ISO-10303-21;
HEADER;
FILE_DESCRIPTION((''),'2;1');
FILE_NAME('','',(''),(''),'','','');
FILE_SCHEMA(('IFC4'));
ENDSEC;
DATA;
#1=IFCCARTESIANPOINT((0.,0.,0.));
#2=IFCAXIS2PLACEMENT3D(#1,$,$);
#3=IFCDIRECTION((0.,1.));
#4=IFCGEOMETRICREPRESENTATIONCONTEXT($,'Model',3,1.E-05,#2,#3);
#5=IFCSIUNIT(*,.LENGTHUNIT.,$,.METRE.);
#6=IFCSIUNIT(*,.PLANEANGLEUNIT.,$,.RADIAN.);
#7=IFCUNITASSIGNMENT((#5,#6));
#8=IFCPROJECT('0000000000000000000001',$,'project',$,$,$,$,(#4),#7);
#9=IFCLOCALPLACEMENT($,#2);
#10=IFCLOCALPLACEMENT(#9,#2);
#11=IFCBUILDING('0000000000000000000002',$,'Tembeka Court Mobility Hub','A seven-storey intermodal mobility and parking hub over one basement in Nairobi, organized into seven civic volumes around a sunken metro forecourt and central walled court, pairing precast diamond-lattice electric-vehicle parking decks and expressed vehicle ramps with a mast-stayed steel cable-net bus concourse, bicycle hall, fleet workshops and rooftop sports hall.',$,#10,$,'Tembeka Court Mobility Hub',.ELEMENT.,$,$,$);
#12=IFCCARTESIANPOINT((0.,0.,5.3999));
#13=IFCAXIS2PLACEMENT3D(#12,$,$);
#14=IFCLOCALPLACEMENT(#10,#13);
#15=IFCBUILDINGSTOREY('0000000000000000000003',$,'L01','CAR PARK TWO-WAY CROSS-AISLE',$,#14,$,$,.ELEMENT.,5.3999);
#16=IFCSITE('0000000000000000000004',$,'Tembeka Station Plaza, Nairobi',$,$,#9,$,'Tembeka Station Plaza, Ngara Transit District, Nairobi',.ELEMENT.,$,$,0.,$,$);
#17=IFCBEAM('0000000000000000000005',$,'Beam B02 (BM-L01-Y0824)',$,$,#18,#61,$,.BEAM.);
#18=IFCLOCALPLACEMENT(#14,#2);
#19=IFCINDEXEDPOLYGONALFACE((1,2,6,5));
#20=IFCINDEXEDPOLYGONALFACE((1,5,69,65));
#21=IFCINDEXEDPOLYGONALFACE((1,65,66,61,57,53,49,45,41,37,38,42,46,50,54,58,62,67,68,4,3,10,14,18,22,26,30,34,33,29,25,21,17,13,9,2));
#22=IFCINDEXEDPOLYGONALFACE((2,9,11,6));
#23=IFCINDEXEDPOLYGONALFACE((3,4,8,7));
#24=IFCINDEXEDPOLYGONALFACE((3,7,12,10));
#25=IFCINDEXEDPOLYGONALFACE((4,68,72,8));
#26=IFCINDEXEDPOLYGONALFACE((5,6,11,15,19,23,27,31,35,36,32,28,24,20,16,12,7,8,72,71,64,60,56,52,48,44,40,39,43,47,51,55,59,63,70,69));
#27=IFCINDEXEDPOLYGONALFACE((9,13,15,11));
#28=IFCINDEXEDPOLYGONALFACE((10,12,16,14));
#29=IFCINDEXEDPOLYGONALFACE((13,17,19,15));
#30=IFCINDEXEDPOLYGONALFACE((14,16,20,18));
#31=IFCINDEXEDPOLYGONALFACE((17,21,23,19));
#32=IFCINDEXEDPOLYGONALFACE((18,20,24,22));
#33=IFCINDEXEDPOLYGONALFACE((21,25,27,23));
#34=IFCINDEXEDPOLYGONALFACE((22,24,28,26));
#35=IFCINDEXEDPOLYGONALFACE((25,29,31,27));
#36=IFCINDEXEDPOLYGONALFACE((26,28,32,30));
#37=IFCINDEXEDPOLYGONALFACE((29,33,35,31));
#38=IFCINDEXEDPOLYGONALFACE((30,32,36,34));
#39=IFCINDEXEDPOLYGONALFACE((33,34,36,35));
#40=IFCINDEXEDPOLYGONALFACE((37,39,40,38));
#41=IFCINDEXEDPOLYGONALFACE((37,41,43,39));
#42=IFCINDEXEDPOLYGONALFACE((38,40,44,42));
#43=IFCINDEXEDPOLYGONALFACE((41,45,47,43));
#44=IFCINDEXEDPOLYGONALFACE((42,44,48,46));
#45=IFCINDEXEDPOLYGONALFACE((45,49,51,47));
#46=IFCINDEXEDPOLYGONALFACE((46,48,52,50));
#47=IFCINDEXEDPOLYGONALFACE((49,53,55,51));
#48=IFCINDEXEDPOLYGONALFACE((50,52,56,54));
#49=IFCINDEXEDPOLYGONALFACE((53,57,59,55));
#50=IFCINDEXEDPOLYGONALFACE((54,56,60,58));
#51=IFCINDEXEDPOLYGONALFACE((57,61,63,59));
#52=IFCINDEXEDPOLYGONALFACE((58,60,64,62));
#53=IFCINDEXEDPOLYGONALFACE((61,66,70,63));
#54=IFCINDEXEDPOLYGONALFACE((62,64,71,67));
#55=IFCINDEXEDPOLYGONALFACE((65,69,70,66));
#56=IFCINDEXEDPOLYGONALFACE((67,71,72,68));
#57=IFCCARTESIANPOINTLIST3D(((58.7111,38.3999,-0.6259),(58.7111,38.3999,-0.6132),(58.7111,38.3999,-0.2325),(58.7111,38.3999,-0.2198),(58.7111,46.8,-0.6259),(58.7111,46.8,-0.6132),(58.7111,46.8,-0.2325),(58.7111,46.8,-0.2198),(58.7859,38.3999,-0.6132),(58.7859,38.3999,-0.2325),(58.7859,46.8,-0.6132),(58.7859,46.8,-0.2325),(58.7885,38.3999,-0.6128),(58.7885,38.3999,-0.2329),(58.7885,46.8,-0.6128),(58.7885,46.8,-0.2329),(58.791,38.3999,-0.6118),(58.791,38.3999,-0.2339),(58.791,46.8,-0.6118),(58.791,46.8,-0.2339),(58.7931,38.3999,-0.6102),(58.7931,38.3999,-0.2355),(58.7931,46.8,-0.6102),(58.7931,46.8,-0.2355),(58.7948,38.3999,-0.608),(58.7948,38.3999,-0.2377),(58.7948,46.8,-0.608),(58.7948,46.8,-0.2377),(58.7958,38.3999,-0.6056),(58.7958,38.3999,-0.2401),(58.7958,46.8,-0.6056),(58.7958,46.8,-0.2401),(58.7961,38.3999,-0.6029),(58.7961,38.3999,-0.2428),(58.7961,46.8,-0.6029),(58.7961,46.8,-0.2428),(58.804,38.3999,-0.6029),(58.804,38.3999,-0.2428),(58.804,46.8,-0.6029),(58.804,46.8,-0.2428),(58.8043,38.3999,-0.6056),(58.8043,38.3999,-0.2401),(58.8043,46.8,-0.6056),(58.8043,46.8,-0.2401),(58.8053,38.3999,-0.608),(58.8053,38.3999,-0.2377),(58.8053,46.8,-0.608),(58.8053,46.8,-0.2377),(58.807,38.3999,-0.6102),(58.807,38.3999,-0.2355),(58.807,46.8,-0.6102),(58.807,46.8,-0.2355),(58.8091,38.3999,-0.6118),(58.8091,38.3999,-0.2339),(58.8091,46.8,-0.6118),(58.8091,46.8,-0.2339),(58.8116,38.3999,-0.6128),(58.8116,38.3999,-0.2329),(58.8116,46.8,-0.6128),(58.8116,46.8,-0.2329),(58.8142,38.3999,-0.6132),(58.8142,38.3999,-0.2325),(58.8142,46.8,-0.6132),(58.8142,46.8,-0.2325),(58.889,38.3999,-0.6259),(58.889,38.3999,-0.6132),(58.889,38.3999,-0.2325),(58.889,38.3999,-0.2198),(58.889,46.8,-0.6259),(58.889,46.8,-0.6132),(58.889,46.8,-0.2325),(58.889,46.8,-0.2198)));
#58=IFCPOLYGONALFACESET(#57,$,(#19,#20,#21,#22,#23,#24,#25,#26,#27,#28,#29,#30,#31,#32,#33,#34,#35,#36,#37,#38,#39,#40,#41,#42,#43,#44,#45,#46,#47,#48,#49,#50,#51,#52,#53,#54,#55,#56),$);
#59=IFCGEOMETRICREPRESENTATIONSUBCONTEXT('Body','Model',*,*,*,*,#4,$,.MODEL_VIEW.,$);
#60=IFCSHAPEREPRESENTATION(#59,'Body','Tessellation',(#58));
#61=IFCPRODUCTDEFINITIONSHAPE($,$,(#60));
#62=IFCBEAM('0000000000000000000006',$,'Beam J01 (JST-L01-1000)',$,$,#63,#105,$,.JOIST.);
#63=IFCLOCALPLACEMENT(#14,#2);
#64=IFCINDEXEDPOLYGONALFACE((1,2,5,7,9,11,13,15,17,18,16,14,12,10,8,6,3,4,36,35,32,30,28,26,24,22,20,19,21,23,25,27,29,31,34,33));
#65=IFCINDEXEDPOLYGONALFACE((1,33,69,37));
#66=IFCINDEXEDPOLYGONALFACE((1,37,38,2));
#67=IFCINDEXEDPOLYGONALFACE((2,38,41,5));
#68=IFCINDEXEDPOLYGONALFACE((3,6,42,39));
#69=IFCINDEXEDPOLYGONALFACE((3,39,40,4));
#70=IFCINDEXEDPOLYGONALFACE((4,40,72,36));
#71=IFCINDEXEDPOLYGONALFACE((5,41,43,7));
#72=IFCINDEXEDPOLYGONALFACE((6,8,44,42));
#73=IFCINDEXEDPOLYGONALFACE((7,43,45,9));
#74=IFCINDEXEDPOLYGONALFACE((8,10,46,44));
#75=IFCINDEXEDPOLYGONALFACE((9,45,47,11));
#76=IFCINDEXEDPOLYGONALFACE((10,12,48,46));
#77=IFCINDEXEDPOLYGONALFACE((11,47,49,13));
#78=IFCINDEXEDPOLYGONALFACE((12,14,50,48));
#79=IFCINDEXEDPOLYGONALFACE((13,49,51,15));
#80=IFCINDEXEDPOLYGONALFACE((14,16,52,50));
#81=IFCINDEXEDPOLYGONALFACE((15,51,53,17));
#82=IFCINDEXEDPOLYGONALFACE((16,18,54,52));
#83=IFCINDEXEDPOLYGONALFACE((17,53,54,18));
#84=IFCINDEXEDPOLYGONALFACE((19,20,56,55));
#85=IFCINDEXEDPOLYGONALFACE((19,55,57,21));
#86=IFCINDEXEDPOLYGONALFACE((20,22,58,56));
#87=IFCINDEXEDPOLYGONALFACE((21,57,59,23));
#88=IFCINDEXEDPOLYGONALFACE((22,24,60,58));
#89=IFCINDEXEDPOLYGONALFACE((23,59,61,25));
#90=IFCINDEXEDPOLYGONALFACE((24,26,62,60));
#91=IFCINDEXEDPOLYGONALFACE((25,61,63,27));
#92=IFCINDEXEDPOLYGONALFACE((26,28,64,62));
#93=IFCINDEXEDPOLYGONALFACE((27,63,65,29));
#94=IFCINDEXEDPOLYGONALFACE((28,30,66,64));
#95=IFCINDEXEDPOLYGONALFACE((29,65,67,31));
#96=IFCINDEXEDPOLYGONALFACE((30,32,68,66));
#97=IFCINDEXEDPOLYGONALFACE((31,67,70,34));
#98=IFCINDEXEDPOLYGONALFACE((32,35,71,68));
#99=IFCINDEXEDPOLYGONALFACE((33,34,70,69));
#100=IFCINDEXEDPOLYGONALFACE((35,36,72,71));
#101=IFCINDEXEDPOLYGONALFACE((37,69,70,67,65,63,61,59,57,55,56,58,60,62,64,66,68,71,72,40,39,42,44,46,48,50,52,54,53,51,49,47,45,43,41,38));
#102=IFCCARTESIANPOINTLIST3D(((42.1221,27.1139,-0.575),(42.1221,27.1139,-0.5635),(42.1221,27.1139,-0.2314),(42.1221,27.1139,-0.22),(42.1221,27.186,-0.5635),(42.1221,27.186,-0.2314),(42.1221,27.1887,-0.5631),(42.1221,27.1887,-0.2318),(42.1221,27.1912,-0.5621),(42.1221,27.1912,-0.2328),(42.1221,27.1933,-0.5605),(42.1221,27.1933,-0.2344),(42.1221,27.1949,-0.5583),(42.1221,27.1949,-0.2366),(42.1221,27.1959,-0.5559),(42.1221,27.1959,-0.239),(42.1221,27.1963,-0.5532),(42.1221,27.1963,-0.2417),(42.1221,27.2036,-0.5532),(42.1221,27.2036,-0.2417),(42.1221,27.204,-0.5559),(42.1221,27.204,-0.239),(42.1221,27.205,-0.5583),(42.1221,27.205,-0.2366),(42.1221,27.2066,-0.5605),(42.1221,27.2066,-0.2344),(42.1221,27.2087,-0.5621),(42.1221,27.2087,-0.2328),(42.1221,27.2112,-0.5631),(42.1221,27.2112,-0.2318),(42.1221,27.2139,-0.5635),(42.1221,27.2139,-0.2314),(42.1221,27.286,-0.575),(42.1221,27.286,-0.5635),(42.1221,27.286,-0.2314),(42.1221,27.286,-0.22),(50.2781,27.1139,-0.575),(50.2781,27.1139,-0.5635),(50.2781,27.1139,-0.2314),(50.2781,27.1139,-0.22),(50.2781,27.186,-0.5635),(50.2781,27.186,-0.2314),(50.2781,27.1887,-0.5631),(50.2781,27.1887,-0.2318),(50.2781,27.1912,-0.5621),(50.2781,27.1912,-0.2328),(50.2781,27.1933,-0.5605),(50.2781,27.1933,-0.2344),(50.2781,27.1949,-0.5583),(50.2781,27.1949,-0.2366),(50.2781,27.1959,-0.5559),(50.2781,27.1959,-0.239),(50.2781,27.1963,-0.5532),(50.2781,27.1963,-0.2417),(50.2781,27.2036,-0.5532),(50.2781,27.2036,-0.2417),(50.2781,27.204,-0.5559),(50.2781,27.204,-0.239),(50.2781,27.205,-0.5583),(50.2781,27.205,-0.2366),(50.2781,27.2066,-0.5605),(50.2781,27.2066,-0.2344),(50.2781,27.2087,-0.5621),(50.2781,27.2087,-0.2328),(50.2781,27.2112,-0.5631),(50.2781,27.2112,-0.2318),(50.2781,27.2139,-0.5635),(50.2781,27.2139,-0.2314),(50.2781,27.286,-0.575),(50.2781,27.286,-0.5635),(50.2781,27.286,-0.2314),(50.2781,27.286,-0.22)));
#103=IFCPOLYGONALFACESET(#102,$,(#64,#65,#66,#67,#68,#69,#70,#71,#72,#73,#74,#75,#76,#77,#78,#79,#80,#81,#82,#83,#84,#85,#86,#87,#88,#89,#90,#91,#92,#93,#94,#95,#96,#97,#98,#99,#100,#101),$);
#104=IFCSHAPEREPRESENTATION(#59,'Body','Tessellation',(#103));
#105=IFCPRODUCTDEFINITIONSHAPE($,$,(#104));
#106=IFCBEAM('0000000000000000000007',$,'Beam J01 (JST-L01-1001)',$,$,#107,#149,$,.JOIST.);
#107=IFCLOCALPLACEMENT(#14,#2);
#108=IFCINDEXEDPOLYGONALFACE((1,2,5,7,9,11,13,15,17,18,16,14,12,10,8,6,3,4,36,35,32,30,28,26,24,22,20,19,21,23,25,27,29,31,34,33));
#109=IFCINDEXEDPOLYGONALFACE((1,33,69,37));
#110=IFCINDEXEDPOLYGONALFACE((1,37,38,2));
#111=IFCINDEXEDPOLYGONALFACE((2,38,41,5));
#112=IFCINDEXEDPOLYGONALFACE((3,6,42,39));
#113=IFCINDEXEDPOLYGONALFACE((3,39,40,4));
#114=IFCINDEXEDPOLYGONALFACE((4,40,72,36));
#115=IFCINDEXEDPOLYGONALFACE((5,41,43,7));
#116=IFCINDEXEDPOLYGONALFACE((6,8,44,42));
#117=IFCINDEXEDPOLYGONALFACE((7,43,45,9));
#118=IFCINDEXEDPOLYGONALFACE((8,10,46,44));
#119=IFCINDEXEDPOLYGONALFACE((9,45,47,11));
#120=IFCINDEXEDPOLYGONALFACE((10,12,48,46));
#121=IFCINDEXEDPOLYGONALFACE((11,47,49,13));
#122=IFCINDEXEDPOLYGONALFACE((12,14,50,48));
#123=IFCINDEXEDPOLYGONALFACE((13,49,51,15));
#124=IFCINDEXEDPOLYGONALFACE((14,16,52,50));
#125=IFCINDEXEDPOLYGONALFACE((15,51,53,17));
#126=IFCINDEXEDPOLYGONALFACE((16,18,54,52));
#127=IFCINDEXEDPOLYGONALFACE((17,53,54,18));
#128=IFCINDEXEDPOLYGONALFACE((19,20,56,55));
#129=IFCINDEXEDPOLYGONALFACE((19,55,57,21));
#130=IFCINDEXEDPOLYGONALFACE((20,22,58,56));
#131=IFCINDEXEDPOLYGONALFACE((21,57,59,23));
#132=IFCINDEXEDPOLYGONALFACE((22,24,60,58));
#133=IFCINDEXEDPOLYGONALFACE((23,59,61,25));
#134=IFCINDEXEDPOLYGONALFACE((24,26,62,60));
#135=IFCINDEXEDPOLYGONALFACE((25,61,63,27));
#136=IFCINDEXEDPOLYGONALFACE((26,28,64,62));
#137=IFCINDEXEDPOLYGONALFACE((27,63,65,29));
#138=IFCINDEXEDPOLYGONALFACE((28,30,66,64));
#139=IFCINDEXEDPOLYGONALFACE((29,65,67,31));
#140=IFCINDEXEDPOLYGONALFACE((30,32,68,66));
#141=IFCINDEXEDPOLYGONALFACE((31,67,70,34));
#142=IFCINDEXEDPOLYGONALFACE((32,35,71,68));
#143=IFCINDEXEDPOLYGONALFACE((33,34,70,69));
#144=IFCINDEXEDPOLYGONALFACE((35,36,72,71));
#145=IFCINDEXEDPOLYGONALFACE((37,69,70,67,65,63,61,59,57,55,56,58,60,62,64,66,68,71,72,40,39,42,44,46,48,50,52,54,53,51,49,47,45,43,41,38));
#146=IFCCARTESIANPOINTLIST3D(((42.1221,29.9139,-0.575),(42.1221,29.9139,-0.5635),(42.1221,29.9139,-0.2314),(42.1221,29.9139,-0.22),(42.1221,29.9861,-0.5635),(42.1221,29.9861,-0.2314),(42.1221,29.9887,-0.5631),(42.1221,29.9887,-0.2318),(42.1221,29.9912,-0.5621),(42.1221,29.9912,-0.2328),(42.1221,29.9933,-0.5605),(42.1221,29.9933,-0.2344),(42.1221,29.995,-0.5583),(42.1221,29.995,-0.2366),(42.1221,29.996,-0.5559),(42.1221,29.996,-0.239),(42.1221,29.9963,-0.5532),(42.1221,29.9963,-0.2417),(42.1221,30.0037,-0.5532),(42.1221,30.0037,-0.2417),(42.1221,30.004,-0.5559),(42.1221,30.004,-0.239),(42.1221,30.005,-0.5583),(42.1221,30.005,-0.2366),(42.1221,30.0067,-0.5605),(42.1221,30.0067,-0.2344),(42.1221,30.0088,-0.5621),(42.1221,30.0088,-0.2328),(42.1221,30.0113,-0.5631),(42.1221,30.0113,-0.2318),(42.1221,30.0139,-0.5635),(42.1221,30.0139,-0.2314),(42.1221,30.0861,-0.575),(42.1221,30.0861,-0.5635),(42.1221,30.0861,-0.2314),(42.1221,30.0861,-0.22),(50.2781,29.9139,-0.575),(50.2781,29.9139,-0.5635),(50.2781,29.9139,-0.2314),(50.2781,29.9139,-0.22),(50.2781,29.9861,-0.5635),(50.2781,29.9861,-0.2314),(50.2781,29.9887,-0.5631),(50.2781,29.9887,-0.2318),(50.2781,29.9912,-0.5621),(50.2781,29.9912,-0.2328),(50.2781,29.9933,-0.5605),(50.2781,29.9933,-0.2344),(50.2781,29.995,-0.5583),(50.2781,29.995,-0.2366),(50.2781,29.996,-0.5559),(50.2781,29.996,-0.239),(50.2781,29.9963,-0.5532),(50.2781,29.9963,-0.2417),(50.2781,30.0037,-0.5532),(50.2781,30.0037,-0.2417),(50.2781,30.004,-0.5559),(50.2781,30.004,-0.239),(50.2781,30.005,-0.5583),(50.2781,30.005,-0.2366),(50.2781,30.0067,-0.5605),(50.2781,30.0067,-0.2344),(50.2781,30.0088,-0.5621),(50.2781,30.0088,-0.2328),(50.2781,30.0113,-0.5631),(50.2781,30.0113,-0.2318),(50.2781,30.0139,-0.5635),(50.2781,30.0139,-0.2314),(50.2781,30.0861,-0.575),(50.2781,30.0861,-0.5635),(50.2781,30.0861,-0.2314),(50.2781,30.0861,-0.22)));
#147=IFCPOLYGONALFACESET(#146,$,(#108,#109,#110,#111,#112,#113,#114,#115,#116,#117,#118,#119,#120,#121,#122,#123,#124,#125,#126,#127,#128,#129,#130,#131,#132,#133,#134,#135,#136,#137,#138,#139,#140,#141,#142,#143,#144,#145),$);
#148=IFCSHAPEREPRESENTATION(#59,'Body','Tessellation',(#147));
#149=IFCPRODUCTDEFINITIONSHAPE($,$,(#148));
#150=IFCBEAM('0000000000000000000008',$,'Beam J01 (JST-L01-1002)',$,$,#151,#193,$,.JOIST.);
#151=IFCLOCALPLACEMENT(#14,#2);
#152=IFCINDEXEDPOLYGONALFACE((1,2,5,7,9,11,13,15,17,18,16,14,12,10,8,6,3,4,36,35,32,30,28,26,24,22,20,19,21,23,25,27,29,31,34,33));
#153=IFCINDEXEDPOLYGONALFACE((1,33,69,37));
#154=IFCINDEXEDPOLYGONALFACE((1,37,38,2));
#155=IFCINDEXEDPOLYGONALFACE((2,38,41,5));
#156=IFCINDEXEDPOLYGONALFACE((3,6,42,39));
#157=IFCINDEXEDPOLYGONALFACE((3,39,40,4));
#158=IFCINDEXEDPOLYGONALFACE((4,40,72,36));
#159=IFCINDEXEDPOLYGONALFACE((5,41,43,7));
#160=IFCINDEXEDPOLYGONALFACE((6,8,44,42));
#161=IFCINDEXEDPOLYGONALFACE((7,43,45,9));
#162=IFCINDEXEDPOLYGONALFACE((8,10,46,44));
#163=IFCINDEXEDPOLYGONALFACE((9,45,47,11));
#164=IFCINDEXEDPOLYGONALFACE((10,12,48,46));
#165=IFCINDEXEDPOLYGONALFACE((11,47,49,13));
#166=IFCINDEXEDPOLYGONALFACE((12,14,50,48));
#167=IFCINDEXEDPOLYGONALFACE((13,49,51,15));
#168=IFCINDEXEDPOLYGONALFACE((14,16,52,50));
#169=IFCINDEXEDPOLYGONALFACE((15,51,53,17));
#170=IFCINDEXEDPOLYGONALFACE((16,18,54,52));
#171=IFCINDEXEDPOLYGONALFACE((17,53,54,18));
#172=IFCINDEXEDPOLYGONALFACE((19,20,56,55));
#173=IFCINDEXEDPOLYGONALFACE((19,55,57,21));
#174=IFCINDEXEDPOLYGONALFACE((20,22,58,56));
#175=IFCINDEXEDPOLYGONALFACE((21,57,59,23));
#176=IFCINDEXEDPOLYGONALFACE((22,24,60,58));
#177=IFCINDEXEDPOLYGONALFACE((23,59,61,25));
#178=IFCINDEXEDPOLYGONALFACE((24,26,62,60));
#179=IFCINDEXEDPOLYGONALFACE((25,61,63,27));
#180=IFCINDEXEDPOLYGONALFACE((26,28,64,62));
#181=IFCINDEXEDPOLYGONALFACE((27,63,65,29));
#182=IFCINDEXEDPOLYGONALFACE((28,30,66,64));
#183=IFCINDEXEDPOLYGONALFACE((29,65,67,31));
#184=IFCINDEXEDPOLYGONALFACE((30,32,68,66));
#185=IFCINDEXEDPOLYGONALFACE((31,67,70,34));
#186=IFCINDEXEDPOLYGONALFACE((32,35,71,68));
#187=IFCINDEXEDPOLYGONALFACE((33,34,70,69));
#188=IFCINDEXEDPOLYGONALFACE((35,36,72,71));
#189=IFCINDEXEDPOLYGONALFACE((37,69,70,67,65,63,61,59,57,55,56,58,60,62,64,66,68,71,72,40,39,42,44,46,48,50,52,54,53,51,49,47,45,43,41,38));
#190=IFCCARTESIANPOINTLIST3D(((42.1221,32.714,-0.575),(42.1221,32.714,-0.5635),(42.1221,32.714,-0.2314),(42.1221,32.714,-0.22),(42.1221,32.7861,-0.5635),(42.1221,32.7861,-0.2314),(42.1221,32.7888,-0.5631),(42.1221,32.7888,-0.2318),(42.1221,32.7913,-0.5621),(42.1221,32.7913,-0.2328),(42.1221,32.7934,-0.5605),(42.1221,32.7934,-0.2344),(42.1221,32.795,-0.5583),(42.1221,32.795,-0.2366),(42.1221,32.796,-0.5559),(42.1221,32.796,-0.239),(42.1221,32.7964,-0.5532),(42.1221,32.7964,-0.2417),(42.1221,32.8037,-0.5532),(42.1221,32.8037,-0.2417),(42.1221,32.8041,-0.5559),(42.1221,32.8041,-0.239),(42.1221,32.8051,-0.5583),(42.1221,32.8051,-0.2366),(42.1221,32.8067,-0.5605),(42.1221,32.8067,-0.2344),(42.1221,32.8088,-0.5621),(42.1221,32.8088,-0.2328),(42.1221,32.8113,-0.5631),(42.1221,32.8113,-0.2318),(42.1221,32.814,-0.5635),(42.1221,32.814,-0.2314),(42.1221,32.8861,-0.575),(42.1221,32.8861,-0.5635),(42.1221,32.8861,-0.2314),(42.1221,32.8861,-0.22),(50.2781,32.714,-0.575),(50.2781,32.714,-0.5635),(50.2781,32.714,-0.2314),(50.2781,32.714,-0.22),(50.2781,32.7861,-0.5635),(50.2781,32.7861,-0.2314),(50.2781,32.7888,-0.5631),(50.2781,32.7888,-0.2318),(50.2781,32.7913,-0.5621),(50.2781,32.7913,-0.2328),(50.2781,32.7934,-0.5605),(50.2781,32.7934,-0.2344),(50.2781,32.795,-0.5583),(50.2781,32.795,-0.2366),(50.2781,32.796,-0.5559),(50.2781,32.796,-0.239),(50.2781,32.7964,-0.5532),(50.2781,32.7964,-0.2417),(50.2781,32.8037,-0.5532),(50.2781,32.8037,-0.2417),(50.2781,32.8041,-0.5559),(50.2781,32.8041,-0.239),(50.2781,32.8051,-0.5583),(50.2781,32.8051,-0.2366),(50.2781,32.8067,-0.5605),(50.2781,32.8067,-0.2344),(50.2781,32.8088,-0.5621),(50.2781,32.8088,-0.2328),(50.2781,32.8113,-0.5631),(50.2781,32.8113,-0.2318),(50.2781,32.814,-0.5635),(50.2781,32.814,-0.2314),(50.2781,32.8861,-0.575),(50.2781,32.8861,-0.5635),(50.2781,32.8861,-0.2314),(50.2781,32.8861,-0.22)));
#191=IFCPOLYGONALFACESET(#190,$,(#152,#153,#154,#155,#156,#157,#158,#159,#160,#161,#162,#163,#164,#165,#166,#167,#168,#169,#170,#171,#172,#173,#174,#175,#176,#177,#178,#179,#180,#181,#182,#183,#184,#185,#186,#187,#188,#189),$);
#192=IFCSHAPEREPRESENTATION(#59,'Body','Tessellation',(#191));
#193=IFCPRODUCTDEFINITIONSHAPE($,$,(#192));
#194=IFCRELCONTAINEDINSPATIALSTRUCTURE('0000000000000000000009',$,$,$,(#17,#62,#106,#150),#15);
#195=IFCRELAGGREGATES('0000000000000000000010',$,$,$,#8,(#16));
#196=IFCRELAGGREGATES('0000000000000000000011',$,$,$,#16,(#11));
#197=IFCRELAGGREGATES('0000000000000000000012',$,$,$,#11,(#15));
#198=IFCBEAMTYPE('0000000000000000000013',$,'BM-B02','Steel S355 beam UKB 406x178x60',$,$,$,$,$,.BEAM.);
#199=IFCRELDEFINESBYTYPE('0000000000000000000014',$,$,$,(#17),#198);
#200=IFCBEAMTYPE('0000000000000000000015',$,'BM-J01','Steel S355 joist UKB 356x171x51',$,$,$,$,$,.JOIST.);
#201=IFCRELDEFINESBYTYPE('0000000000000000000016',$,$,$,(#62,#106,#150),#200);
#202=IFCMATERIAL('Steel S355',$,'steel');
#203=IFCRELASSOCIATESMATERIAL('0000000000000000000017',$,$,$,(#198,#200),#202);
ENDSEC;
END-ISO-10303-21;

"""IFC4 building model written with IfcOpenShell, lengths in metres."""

from ifc_helpers import new_model, si_unit, direction, frame, origin, origin_2d, place, context, subcontext, project, spatial, i_section, extrude, material, material_profile, profile_set, type_object, element, save


model = new_model("IFC4")

# Units and contexts
model_context = context("Model", 3, precision=1e-05, world=origin(), true_north=direction((0.0, 1.0)))
body_context = subcontext(model_context, "Body", "Model", "MODEL_VIEW")
ifc_project = project(units=[si_unit("LENGTHUNIT", "METRE"), si_unit("PLANEANGLEUNIT", "RADIAN")], contexts=[model_context])

# Site, building, storey
site_placement = place(None, origin())
site = spatial("IfcSite", under=ifc_project, at=site_placement, Name="Tembeka Station Plaza, Nairobi", LongName="Tembeka Station Plaza, Ngara Transit District, Nairobi", CompositionType="ELEMENT", RefElevation=0.0)
building_placement = place(site_placement, origin())
building = spatial("IfcBuilding", under=site, at=building_placement, Name="Tembeka Court Mobility Hub", Description="A seven-storey intermodal mobility and parking hub over one basement in Nairobi, organized into seven civic volumes around a sunken metro forecourt and central walled court, pairing precast diamond-lattice electric-vehicle parking decks and expressed vehicle ramps with a mast-stayed steel cable-net bus concourse, bicycle hall, fleet workshops and rooftop sports hall.", LongName="Tembeka Court Mobility Hub", CompositionType="ELEMENT")
storey_placement = place(building_placement, frame((0.0, 0.0, 5.3999)))
storey = spatial("IfcBuildingStorey", under=building, at=storey_placement, Name="L01", Description="CAR PARK TWO-WAY CROSS-AISLE", CompositionType="ELEMENT", Elevation=5.3999)

# Shared definitions
ifc_material_1 = material(Name="Steel S355", Category="steel")

# Beams
ifc_material_profile_1 = material_profile(ifc_material_1, i_section(OverallWidth=0.178, OverallDepth=0.406, WebThickness=0.0078, FlangeThickness=0.0127, FilletRadius=0.0103, at=origin_2d()), Name="UKB 406x178x60")
ifc_profile_set_1 = profile_set([ifc_material_profile_1], Name="Steel S355")
beam_type_1 = type_object("IfcBeamType", Name="BM-B02", Description="Steel S355 beam UKB 406x178x60", PredefinedType="BEAM", material=ifc_profile_set_1)
for number, where, z_axis, x_axis, name in (
    (1, (58.8, 38.3999, -0.4229), (0.0, 1.0, 0.0), (-1.0, 0.0, 0.0), "Beam B02 (BM-L01-Y0824)"),
):
    element("IfcBeam", number, at=place(storey_placement, frame(where, z_axis=z_axis, x_axis=x_axis)), inside=storey, type_object=beam_type_1, Name=name, PredefinedType="BEAM", context=body_context, shape_type="SweptSolid", body=[
        extrude(i_section(OverallWidth=0.178, OverallDepth=0.406, WebThickness=0.0078, FlangeThickness=0.0127, FilletRadius=0.0103, at=origin_2d()), origin(), (0.0, 0.0, 1.0), 8.4001),
    ])
ifc_material_profile_2 = material_profile(ifc_material_1, i_section(OverallWidth=0.1721, OverallDepth=0.355, WebThickness=0.0073, FlangeThickness=0.0115, FilletRadius=0.0103, at=origin_2d()), Name="UKB 356x171x51")
ifc_profile_set_2 = profile_set([ifc_material_profile_2], Name="Steel S355")
beam_type_2 = type_object("IfcBeamType", Name="BM-J01", Description="Steel S355 joist UKB 356x171x51", PredefinedType="JOIST", material=ifc_profile_set_2)
for number, where, z_axis, x_axis, name in (
    (2, (42.1221, 27.2, -0.3975), (1.0, 0.0, 0.0), (0.0, 1.0, 0.0), "Beam J01 (JST-L01-1000)"),
    (3, (42.1221, 30.0, -0.3975), (1.0, 0.0, 0.0), (0.0, 1.0, 0.0), "Beam J01 (JST-L01-1001)"),
    (4, (42.1221, 32.8, -0.3975), (1.0, 0.0, 0.0), (0.0, 1.0, 0.0), "Beam J01 (JST-L01-1002)"),
):
    element("IfcBeam", number, at=place(storey_placement, frame(where, z_axis=z_axis, x_axis=x_axis)), inside=storey, type_object=beam_type_2, Name=name, PredefinedType="JOIST", context=body_context, shape_type="SweptSolid", body=[
        extrude(i_section(OverallWidth=0.1721, OverallDepth=0.355, WebThickness=0.0073, FlangeThickness=0.0115, FilletRadius=0.0103, at=origin_2d()), origin(), (0.0, 0.0, 1.0), 8.156),
    ])

save(model, "model.ifc")
